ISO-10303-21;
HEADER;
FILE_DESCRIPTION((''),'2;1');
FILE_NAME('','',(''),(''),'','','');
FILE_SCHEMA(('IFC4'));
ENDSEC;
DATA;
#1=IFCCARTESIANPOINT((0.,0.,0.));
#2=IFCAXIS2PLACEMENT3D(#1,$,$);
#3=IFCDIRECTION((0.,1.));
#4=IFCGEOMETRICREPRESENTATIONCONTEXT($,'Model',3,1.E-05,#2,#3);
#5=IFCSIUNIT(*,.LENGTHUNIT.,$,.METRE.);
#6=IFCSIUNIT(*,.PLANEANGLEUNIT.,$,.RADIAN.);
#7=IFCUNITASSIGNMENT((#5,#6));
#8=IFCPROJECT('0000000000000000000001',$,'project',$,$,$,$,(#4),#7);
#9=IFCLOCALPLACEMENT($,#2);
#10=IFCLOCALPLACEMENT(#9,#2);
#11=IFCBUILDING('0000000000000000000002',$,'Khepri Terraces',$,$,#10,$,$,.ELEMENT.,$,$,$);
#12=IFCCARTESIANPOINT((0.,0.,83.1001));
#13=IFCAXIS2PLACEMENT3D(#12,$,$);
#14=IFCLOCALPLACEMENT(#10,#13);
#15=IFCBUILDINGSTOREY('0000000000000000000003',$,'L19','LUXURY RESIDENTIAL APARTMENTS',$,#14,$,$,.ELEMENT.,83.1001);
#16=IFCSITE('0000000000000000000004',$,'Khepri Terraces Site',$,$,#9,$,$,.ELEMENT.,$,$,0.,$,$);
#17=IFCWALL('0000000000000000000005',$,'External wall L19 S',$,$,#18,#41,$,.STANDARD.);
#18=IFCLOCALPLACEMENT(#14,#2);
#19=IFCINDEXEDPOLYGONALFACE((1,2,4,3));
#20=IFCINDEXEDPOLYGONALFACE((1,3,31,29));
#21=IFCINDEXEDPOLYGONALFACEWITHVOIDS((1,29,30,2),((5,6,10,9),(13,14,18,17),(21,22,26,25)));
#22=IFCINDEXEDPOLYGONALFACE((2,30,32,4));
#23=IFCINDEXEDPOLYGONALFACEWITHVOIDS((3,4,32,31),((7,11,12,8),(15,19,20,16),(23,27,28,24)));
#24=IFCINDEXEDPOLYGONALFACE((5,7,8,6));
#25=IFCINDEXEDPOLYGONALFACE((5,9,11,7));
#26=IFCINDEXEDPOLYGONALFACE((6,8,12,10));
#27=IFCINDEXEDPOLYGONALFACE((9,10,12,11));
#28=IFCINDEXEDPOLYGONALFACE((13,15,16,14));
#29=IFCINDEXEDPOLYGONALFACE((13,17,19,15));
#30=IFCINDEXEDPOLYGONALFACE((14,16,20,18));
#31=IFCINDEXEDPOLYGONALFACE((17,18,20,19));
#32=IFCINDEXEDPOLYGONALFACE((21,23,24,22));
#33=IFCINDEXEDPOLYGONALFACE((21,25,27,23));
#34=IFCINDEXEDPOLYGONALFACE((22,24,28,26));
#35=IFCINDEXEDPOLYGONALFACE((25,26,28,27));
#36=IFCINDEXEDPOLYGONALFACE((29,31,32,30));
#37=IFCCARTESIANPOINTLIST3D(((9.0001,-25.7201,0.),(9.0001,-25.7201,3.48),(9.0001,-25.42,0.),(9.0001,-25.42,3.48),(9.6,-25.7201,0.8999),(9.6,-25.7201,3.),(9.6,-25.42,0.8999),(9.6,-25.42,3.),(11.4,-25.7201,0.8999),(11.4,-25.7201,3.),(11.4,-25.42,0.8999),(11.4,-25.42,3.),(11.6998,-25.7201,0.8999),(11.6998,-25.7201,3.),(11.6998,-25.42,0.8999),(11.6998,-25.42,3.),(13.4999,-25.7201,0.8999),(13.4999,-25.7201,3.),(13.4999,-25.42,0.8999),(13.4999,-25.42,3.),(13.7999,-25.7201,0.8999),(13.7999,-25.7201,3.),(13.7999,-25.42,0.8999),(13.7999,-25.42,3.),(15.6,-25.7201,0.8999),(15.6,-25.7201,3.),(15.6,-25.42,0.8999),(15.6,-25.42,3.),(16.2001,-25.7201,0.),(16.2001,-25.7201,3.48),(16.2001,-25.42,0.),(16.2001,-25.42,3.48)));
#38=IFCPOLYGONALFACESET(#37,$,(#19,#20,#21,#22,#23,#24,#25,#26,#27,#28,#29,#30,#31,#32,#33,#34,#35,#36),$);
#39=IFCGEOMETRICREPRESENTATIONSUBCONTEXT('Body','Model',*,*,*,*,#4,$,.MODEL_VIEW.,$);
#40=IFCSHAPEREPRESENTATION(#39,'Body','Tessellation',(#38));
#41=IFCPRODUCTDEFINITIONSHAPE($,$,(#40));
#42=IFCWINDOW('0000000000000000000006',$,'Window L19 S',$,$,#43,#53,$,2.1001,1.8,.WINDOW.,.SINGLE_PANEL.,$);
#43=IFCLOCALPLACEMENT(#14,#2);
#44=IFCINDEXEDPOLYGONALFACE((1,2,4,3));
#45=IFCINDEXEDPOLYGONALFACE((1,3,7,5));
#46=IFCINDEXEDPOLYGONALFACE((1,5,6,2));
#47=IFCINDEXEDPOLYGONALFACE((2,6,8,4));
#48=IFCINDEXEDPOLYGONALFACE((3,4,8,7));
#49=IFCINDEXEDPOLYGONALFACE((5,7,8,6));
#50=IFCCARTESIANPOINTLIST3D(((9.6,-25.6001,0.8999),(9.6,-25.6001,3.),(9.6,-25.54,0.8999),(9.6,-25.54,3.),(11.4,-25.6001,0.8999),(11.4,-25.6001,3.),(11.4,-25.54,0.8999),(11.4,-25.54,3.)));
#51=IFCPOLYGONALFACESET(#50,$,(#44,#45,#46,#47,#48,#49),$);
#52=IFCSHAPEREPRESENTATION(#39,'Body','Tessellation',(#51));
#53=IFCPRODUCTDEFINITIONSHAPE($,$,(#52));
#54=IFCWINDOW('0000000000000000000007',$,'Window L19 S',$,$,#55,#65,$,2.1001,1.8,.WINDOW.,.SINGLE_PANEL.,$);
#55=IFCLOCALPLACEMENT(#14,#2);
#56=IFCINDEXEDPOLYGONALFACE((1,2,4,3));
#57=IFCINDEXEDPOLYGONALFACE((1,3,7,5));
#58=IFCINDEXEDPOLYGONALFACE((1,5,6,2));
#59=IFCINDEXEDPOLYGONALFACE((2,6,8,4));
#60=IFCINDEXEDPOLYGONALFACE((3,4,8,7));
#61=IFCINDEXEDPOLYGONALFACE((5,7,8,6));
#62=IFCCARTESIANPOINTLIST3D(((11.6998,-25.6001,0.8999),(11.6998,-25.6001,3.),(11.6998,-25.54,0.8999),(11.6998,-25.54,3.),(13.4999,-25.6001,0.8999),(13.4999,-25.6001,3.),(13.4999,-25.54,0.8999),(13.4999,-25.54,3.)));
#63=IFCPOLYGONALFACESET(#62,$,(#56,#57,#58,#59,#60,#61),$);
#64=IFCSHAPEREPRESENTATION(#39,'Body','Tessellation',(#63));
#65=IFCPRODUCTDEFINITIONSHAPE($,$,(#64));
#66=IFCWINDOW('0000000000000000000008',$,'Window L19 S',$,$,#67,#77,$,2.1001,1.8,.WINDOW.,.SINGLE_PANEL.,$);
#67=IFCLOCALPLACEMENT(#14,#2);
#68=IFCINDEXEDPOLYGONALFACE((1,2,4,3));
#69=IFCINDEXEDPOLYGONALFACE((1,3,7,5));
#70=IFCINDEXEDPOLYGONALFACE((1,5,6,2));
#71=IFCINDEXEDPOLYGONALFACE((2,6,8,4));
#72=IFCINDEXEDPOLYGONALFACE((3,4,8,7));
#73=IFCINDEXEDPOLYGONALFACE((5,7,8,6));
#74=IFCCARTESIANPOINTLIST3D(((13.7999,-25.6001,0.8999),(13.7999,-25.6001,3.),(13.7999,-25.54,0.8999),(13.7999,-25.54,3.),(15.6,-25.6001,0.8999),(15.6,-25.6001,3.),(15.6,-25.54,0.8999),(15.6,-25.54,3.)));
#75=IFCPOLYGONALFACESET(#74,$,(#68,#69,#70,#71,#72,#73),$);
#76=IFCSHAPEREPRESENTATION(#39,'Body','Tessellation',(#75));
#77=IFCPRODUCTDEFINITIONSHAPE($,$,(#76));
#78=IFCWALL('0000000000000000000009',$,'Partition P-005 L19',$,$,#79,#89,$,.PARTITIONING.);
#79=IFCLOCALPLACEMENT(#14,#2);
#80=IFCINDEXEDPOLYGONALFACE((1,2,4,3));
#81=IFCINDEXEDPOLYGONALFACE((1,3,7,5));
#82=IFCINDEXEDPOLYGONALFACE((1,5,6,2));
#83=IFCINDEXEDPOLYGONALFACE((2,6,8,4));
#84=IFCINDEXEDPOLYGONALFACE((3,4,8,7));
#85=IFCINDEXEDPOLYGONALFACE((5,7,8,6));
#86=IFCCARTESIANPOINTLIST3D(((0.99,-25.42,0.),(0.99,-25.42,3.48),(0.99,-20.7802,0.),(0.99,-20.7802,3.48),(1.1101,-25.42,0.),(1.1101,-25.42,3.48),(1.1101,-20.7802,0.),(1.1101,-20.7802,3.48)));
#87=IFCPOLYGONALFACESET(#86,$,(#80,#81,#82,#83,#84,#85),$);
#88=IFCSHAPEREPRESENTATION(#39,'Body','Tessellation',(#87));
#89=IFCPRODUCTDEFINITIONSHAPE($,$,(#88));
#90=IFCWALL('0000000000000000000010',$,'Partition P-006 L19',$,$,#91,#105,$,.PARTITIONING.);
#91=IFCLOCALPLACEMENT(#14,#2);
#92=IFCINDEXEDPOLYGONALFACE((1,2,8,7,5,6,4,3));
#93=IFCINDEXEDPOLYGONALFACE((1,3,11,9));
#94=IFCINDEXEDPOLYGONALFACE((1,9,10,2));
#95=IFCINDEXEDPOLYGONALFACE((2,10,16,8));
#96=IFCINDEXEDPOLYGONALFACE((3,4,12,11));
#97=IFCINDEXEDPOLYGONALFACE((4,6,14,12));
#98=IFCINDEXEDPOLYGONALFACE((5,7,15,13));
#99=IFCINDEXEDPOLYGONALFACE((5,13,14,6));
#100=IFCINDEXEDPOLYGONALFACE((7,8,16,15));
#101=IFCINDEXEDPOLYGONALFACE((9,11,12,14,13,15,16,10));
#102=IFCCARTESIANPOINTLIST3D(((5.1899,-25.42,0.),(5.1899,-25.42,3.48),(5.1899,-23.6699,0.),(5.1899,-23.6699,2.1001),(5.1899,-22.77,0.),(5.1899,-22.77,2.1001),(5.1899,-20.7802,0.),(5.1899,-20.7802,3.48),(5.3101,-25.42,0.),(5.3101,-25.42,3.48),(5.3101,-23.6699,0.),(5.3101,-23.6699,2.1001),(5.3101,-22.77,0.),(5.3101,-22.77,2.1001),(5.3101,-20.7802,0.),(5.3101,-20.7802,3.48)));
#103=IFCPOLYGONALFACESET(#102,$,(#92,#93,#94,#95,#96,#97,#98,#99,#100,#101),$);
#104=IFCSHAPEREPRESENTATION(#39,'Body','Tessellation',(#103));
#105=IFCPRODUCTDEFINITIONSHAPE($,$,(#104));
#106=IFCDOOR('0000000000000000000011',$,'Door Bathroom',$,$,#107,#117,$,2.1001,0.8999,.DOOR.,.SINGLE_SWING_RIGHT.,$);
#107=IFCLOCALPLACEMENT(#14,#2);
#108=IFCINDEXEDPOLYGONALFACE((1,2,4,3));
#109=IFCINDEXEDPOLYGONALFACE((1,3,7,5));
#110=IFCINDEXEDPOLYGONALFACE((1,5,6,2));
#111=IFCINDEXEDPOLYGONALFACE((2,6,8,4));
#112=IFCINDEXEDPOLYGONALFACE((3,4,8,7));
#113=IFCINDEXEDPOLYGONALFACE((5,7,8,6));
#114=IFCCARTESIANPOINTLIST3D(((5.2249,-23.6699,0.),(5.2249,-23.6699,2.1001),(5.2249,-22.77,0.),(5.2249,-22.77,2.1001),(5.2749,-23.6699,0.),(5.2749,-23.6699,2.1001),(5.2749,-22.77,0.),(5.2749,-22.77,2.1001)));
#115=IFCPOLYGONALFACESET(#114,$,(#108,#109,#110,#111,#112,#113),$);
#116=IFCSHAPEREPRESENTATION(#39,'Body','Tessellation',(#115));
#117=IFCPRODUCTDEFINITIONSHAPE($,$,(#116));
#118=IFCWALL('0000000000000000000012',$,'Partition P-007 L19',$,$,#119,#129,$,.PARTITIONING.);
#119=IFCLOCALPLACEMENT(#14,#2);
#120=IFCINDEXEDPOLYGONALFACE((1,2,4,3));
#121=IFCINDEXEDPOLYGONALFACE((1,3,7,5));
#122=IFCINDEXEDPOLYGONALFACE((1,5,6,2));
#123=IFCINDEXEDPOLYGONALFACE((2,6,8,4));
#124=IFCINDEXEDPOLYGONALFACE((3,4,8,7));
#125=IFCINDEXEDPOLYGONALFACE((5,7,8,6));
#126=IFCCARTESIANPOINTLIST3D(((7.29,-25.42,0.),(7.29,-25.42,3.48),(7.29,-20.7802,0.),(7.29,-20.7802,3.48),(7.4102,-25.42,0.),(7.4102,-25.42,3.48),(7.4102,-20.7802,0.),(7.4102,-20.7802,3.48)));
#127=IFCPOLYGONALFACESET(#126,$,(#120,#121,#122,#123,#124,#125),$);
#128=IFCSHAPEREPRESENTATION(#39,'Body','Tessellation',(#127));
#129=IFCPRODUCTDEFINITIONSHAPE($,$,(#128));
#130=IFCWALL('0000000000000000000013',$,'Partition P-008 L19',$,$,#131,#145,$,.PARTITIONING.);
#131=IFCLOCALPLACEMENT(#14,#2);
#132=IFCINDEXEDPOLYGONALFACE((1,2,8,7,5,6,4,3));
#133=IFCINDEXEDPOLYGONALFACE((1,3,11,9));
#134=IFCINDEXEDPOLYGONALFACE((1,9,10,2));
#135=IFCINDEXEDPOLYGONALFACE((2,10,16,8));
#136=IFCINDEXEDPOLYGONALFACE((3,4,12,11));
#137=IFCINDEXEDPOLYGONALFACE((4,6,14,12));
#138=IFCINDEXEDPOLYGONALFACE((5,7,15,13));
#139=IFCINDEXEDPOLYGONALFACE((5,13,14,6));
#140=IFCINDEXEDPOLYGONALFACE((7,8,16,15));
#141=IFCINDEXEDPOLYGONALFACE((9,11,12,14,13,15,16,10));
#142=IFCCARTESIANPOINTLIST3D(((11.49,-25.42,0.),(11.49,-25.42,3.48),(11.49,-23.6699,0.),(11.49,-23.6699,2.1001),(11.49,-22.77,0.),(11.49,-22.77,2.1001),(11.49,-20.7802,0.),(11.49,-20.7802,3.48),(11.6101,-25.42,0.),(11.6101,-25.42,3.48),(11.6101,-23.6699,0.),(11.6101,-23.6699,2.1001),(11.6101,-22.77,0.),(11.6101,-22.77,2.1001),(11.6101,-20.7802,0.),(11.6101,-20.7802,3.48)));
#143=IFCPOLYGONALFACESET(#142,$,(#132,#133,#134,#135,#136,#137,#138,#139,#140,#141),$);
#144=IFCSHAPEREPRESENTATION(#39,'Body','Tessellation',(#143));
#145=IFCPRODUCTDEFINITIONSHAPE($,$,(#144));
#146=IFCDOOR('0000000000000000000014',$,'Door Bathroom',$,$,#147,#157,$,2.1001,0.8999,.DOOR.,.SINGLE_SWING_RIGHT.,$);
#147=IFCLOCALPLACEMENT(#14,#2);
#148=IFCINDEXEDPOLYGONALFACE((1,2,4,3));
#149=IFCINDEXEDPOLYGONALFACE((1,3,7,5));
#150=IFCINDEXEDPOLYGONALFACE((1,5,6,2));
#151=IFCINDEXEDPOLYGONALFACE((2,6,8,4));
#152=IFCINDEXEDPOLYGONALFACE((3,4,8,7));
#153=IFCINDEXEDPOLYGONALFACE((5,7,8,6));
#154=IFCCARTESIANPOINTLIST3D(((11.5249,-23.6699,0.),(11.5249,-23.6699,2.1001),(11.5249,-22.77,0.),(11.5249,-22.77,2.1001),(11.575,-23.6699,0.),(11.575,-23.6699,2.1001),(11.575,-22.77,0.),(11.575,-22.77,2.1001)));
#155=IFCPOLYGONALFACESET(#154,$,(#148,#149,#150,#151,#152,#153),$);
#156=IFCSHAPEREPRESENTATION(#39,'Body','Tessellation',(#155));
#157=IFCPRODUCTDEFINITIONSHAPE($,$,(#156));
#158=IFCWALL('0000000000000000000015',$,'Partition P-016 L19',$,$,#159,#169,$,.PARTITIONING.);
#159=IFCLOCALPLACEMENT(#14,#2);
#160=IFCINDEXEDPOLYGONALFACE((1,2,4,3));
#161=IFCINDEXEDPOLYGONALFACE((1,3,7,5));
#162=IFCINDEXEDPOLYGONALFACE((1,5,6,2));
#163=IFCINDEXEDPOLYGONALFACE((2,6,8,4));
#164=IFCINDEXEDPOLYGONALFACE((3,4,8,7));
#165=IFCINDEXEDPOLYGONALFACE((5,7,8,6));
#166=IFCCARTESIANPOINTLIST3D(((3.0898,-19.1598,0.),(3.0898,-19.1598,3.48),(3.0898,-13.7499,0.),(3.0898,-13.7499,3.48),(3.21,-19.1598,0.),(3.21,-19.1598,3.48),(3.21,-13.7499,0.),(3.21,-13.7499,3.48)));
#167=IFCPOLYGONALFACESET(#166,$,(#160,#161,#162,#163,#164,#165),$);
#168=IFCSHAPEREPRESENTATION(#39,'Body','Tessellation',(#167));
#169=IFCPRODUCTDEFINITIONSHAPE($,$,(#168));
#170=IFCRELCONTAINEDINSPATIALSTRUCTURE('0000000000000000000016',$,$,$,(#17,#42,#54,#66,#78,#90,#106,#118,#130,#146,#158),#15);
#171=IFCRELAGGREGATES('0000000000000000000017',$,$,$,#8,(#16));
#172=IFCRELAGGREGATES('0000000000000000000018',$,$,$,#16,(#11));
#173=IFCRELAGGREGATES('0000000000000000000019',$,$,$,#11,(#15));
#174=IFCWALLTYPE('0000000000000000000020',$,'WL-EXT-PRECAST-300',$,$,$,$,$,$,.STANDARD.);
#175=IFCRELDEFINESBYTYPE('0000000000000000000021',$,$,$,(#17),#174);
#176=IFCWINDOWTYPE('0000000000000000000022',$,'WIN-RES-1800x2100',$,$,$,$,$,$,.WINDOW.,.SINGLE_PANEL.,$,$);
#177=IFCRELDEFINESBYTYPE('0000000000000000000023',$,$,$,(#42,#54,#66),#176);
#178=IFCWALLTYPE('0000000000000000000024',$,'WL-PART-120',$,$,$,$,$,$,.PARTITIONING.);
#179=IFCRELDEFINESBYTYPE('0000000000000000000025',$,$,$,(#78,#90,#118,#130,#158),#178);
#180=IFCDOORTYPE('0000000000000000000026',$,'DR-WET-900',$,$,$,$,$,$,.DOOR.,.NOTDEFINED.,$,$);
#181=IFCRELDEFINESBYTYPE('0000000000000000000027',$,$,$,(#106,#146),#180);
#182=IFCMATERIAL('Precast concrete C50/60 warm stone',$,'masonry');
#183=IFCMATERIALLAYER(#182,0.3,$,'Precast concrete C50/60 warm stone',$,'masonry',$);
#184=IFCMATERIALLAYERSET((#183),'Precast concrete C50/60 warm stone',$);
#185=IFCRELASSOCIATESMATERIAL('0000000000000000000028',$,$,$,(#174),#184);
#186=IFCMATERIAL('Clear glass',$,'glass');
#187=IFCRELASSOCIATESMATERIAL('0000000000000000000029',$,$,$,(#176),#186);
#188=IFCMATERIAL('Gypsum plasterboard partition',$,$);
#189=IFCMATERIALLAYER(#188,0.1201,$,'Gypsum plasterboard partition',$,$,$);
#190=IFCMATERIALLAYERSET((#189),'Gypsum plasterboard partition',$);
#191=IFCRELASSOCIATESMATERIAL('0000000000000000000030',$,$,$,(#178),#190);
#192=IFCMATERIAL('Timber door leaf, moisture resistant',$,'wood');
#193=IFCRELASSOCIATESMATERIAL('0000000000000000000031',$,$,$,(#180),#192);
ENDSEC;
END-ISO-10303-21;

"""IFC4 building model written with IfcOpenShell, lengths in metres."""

from ifc_helpers import new_model, si_unit, direction, frame, frame_2d, origin, place, context, subcontext, project, spatial, rectangle, extrude, material, layer, layer_set, type_object, element, fill, save


model = new_model("IFC4")

# Units and contexts
model_context = context("Model", 3, precision=1e-05, world=origin(), true_north=direction((0.0, 1.0)))
body_context = subcontext(model_context, "Body", "Model", "MODEL_VIEW")
ifc_project = project(units=[si_unit("LENGTHUNIT", "METRE"), si_unit("PLANEANGLEUNIT", "RADIAN")], contexts=[model_context])

# Site, building, storey
site_placement = place(None, origin())
site = spatial("IfcSite", under=ifc_project, at=site_placement, Name="Khepri Terraces Site", CompositionType="ELEMENT", RefElevation=0.0)
building_placement = place(site_placement, origin())
building = spatial("IfcBuilding", under=site, at=building_placement, Name="Khepri Terraces", CompositionType="ELEMENT")
storey_placement = place(building_placement, frame((0.0, 0.0, 83.1001)))
storey = spatial("IfcBuildingStorey", under=building, at=storey_placement, Name="L19", Description="LUXURY RESIDENTIAL APARTMENTS", CompositionType="ELEMENT", Elevation=83.1001)

# Wall, openings, windows
ifc_material_1 = material(Name="Precast concrete C50/60 warm stone", Category="masonry")
ifc_layer_1 = layer(ifc_material_1, 0.3, Name="Precast concrete C50/60 warm stone", Category="masonry")
ifc_layer_set_1 = layer_set([ifc_layer_1], Name="Precast concrete C50/60 warm stone")
wall_type_1 = type_object("IfcWallType", Name="WL-EXT-PRECAST-300", PredefinedType="STANDARD", material=ifc_layer_set_1)
ifc_material_2 = material(Name="Clear glass", Category="glass")
window_type_1 = type_object("IfcWindowType", Name="WIN-RES-1800x2100", PartitioningType="SINGLE_PANEL", PredefinedType="WINDOW", material=ifc_material_2)
wall_1_placement = place(storey_placement, frame((9.0, -25.5701, 0.0), z_axis=(0.0, 0.0, 1.0), x_axis=(1.0, 0.0, 0.0)))
wall_1 = element("IfcWall", 1, at=wall_1_placement, inside=storey, type_object=wall_type_1, Name="External wall L19 S", PredefinedType="STANDARD", context=body_context, shape_type="SweptSolid", body=[
    extrude(rectangle(XDim=7.2, YDim=0.3, at=frame_2d((3.6001, 0.0))), origin(), (0.0, 0.0, 1.0), 3.48),
])
opening_1_placement = place(wall_1_placement, frame((0.6001, 0.0, 0.8999)))
opening_1 = element("IfcOpeningElement", 2, at=opening_1_placement, cuts=wall_1, PredefinedType="OPENING", context=body_context, shape_type="SweptSolid", body=[
    extrude(rectangle(XDim=1.8, YDim=2.1001, at=frame_2d((0.8999, 1.05))), frame((0.0, 0.1602, 0.0), z_axis=(0.0, -1.0, 0.0), x_axis=(1.0, 0.0, 0.0)), (0.0, 0.0, 1.0), 0.3201),
])
opening_2_placement = place(wall_1_placement, frame((2.7, 0.0, 0.8999)))
opening_2 = element("IfcOpeningElement", 3, at=opening_2_placement, cuts=wall_1, PredefinedType="OPENING", context=body_context, shape_type="SweptSolid", body=[
    extrude(rectangle(XDim=1.8, YDim=2.1001, at=frame_2d((0.8999, 1.05))), frame((0.0, 0.1602, 0.0), z_axis=(0.0, -1.0, 0.0), x_axis=(1.0, 0.0, 0.0)), (0.0, 0.0, 1.0), 0.3201),
])
opening_3_placement = place(wall_1_placement, frame((4.8, 0.0, 0.8999)))
opening_3 = element("IfcOpeningElement", 4, at=opening_3_placement, cuts=wall_1, PredefinedType="OPENING", context=body_context, shape_type="SweptSolid", body=[
    extrude(rectangle(XDim=1.8, YDim=2.1001, at=frame_2d((0.8999, 1.05))), frame((0.0, 0.1602, 0.0), z_axis=(0.0, -1.0, 0.0), x_axis=(1.0, 0.0, 0.0)), (0.0, 0.0, 1.0), 0.3201),
])
window_1_placement = place(opening_1_placement, origin())
window_1 = element("IfcWindow", 5, at=window_1_placement, inside=storey, type_object=window_type_1, Name="Window L19 S", OverallHeight=2.1001, OverallWidth=1.8, PartitioningType="SINGLE_PANEL", PredefinedType="WINDOW", context=body_context, shape_type="SweptSolid", body=[
    extrude(rectangle(XDim=1.8, YDim=2.1001, at=frame_2d((0.8999, 1.05))), frame((0.0, 0.03, 0.0), z_axis=(0.0, -1.0, 0.0), x_axis=(1.0, 0.0, 0.0)), (0.0, 0.0, 1.0), 0.0601),
])
fill(opening_1, window_1)
window_2_placement = place(opening_2_placement, origin())
window_2 = element("IfcWindow", 6, at=window_2_placement, inside=storey, type_object=window_type_1, Name="Window L19 S", OverallHeight=2.1001, OverallWidth=1.8, PartitioningType="SINGLE_PANEL", PredefinedType="WINDOW", context=body_context, shape_type="SweptSolid", body=[
    extrude(rectangle(XDim=1.8, YDim=2.1001, at=frame_2d((0.8999, 1.05))), frame((0.0, 0.03, 0.0), z_axis=(0.0, -1.0, 0.0), x_axis=(1.0, 0.0, 0.0)), (0.0, 0.0, 1.0), 0.0601),
])
fill(opening_2, window_2)
window_3_placement = place(opening_3_placement, origin())
window_3 = element("IfcWindow", 7, at=window_3_placement, inside=storey, type_object=window_type_1, Name="Window L19 S", OverallHeight=2.1001, OverallWidth=1.8, PartitioningType="SINGLE_PANEL", PredefinedType="WINDOW", context=body_context, shape_type="SweptSolid", body=[
    extrude(rectangle(XDim=1.8, YDim=2.1001, at=frame_2d((0.8999, 1.05))), frame((0.0, 0.03, 0.0), z_axis=(0.0, -1.0, 0.0), x_axis=(1.0, 0.0, 0.0)), (0.0, 0.0, 1.0), 0.0601),
])
fill(opening_3, window_3)

# Wall
ifc_material_3 = material(Name="Gypsum plasterboard partition")
ifc_layer_2 = layer(ifc_material_3, 0.1201, Name="Gypsum plasterboard partition")
ifc_layer_set_2 = layer_set([ifc_layer_2], Name="Gypsum plasterboard partition")
wall_type_2 = type_object("IfcWallType", Name="WL-PART-120", PredefinedType="PARTITIONING", material=ifc_layer_set_2)
wall_2_placement = place(storey_placement, frame((1.05, -25.4199, 0.0), z_axis=(0.0, 0.0, 1.0), x_axis=(0.0, 1.0, 0.0)))
element("IfcWall", 8, at=wall_2_placement, inside=storey, type_object=wall_type_2, Name="Partition P-005 L19", PredefinedType="PARTITIONING", context=body_context, shape_type="SweptSolid", body=[
    extrude(rectangle(XDim=4.6399, YDim=0.1201, at=frame_2d((2.3198, 0.0))), origin(), (0.0, 0.0, 1.0), 3.48),
])

# Wall, opening, door
wall_3_placement = place(storey_placement, frame((5.25, -25.4199, 0.0), z_axis=(0.0, 0.0, 1.0), x_axis=(0.0, 1.0, 0.0)))
wall_3 = element("IfcWall", 9, at=wall_3_placement, inside=storey, type_object=wall_type_2, Name="Partition P-006 L19", PredefinedType="PARTITIONING", context=body_context, shape_type="SweptSolid", body=[
    extrude(rectangle(XDim=4.6399, YDim=0.1201, at=frame_2d((2.3198, 0.0))), origin(), (0.0, 0.0, 1.0), 3.48),
])
opening_4_placement = place(wall_3_placement, frame((1.75, 0.0, 0.0)))
opening_4 = element("IfcOpeningElement", 10, at=opening_4_placement, cuts=wall_3, PredefinedType="OPENING", context=body_context, shape_type="SweptSolid", body=[
    extrude(rectangle(XDim=0.8999, YDim=2.1001, at=frame_2d((0.45, 1.05))), frame((0.0, 0.0701, 0.0), z_axis=(0.0, -1.0, 0.0), x_axis=(1.0, 0.0, 0.0)), (0.0, 0.0, 1.0), 0.1401),
])
ifc_material_4 = material(Name="Timber door leaf, moisture resistant", Category="wood")
door_type = type_object("IfcDoorType", Name="DR-WET-900", OperationType="NOTDEFINED", PredefinedType="DOOR", material=ifc_material_4)
door_1_placement = place(opening_4_placement, frame((0.8999, 0.0, 0.0), z_axis=(0.0, 0.0, 1.0), x_axis=(-1.0, 0.0, 0.0)))
door_1 = element("IfcDoor", 11, at=door_1_placement, inside=storey, type_object=door_type, Name="Door Bathroom", OperationType="SINGLE_SWING_RIGHT", OverallHeight=2.1001, OverallWidth=0.8999, PredefinedType="DOOR", context=body_context, shape_type="SweptSolid", body=[
    extrude(rectangle(XDim=0.8999, YDim=2.1001, at=frame_2d((0.45, 1.05))), frame((0.0, 0.0249, 0.0), z_axis=(0.0, -1.0, 0.0), x_axis=(1.0, 0.0, 0.0)), (0.0, 0.0, 1.0), 0.05),
])
fill(opening_4, door_1)

# Wall
wall_4_placement = place(storey_placement, frame((7.3501, -25.4199, 0.0), z_axis=(0.0, 0.0, 1.0), x_axis=(0.0, 1.0, 0.0)))
element("IfcWall", 12, at=wall_4_placement, inside=storey, type_object=wall_type_2, Name="Partition P-007 L19", PredefinedType="PARTITIONING", context=body_context, shape_type="SweptSolid", body=[
    extrude(rectangle(XDim=4.6399, YDim=0.1201, at=frame_2d((2.3198, 0.0))), origin(), (0.0, 0.0, 1.0), 3.48),
])

# Wall, opening, door
wall_5_placement = place(storey_placement, frame((11.55, -25.4199, 0.0), z_axis=(0.0, 0.0, 1.0), x_axis=(0.0, 1.0, 0.0)))
wall_5 = element("IfcWall", 13, at=wall_5_placement, inside=storey, type_object=wall_type_2, Name="Partition P-008 L19", PredefinedType="PARTITIONING", context=body_context, shape_type="SweptSolid", body=[
    extrude(rectangle(XDim=4.6399, YDim=0.1201, at=frame_2d((2.3198, 0.0))), origin(), (0.0, 0.0, 1.0), 3.48),
])
opening_5_placement = place(wall_5_placement, frame((1.75, 0.0, 0.0)))
opening_5 = element("IfcOpeningElement", 14, at=opening_5_placement, cuts=wall_5, PredefinedType="OPENING", context=body_context, shape_type="SweptSolid", body=[
    extrude(rectangle(XDim=0.8999, YDim=2.1001, at=frame_2d((0.45, 1.05))), frame((0.0, 0.0701, 0.0), z_axis=(0.0, -1.0, 0.0), x_axis=(1.0, 0.0, 0.0)), (0.0, 0.0, 1.0), 0.1401),
])
door_2_placement = place(opening_5_placement, frame((0.8999, 0.0, 0.0), z_axis=(0.0, 0.0, 1.0), x_axis=(-1.0, 0.0, 0.0)))
door_2 = element("IfcDoor", 15, at=door_2_placement, inside=storey, type_object=door_type, Name="Door Bathroom", OperationType="SINGLE_SWING_RIGHT", OverallHeight=2.1001, OverallWidth=0.8999, PredefinedType="DOOR", context=body_context, shape_type="SweptSolid", body=[
    extrude(rectangle(XDim=0.8999, YDim=2.1001, at=frame_2d((0.45, 1.05))), frame((0.0, 0.0249, 0.0), z_axis=(0.0, -1.0, 0.0), x_axis=(1.0, 0.0, 0.0)), (0.0, 0.0, 1.0), 0.05),
])
fill(opening_5, door_2)

# Wall
for number, where, z_axis, x_axis, name in (
    (16, (3.1499, -19.1599, 0.0), (0.0, 0.0, 1.0), (0.0, 1.0, 0.0), "Partition P-016 L19"),
):
    element("IfcWall", number, at=place(storey_placement, frame(where, z_axis=z_axis, x_axis=x_axis)), inside=storey, type_object=wall_type_2, Name=name, PredefinedType="PARTITIONING", context=body_context, shape_type="SweptSolid", body=[
        extrude(rectangle(XDim=5.4099, YDim=0.1201, at=frame_2d((2.7051, 0.0))), origin(), (0.0, 0.0, 1.0), 3.48),
    ])

save(model, "model.ifc")
